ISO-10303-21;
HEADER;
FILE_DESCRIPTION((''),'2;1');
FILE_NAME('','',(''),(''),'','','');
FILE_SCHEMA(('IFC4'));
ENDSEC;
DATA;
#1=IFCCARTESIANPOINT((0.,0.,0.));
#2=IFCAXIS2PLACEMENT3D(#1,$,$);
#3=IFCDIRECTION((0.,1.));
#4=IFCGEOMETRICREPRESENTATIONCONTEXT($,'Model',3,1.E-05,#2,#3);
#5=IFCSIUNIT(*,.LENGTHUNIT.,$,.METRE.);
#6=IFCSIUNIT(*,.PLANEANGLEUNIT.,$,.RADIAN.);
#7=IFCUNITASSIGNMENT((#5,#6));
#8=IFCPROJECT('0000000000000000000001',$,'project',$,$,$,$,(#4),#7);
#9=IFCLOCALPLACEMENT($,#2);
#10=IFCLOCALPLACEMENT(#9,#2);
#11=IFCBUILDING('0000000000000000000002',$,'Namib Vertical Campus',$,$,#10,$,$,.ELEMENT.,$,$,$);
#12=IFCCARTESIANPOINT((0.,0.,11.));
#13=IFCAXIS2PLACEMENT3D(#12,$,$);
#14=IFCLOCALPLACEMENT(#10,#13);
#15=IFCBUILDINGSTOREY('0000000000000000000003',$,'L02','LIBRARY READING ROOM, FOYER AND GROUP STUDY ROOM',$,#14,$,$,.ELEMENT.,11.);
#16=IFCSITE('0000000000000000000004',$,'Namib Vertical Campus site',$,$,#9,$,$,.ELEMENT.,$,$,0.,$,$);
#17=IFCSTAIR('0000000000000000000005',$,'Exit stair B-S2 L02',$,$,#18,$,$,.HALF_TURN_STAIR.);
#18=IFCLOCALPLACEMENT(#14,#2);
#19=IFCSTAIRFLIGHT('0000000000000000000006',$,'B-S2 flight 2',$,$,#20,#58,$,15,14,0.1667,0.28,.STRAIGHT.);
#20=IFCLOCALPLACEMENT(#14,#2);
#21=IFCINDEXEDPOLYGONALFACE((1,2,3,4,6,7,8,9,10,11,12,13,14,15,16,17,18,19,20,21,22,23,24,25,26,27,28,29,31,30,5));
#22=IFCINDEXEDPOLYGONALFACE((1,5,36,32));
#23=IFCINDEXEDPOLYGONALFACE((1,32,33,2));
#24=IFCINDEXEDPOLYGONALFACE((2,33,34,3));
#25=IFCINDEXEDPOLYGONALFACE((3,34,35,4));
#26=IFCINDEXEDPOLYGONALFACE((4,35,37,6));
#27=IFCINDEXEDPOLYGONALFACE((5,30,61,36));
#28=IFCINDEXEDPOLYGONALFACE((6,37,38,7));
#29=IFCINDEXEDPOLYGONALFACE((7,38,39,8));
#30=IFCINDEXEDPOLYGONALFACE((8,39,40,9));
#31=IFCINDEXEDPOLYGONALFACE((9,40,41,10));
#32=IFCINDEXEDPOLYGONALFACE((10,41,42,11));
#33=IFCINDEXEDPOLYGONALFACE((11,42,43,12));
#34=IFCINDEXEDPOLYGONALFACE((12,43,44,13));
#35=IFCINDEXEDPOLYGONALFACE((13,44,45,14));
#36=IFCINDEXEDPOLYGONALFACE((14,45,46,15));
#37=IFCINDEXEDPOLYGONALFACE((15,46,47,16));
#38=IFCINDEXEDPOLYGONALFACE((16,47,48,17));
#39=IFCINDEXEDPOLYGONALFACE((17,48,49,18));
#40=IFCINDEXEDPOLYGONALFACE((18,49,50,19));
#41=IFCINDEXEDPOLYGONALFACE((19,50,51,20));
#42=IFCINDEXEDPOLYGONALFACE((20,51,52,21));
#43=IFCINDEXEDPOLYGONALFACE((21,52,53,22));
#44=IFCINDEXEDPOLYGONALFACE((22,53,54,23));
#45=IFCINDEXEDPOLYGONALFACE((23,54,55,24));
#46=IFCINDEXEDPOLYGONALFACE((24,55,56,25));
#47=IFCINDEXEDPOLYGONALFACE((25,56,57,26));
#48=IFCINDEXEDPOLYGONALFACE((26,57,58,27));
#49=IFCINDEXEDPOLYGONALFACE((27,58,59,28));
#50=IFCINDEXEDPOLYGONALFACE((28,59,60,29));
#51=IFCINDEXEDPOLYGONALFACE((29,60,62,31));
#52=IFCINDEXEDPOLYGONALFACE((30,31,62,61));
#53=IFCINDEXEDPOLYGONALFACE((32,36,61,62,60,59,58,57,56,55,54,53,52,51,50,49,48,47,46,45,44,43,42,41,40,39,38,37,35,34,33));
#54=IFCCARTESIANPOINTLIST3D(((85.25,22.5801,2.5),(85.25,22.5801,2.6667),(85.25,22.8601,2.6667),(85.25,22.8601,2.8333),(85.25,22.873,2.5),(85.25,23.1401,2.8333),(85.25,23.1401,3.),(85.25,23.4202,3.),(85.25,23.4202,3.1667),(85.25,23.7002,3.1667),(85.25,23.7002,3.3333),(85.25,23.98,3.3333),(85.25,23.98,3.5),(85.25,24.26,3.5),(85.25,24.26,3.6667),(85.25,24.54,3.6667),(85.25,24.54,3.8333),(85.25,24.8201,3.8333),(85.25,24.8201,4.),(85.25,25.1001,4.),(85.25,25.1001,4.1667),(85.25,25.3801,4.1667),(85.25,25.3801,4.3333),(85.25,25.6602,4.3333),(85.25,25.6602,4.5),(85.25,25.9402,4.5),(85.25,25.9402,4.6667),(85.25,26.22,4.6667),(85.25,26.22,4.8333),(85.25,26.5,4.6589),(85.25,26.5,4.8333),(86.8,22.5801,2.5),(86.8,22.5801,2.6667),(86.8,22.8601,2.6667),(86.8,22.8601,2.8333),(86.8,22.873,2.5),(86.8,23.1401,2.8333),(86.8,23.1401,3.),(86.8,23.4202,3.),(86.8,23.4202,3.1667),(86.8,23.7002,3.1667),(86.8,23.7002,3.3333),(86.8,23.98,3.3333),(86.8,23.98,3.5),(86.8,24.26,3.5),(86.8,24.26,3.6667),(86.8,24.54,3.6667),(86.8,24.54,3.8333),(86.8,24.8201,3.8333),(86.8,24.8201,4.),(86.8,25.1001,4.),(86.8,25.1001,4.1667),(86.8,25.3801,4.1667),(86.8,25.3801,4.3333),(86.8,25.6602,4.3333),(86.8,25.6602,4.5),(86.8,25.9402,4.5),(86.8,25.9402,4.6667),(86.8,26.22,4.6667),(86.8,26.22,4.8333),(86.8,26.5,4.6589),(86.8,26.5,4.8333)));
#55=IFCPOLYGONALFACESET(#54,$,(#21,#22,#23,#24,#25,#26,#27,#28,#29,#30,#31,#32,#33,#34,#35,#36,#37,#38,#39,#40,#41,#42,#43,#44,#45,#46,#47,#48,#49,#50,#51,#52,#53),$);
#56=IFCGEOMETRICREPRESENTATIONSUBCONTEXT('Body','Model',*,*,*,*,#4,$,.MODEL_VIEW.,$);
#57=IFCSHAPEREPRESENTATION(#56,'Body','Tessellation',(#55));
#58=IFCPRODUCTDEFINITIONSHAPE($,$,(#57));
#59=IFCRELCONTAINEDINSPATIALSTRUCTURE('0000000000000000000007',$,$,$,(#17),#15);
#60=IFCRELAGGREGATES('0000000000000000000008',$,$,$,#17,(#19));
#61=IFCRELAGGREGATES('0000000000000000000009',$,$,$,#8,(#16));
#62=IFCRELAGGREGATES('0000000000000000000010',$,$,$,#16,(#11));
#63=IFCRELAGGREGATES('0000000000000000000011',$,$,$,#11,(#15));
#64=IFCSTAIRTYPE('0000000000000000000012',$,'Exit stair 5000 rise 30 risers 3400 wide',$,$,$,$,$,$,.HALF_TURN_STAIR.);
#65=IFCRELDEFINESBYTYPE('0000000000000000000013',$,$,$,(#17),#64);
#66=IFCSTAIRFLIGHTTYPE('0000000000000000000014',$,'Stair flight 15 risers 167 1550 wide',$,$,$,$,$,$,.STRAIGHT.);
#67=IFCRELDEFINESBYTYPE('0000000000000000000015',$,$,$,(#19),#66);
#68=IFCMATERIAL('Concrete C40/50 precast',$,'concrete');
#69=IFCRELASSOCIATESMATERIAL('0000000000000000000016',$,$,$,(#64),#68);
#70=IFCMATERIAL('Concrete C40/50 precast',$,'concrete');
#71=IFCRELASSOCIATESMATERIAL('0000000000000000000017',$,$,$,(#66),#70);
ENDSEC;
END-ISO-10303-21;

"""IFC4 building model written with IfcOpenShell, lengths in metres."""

from ifc_helpers import new_model, si_unit, direction, frame, origin, place, context, subcontext, project, spatial, polyline, outline, extrude, material, type_object, element, aggregate, save


model = new_model("IFC4")

# Units and contexts
model_context = context("Model", 3, precision=1e-05, world=origin(), true_north=direction((0.0, 1.0)))
body_context = subcontext(model_context, "Body", "Model", "MODEL_VIEW")
ifc_project = project(units=[si_unit("LENGTHUNIT", "METRE"), si_unit("PLANEANGLEUNIT", "RADIAN")], contexts=[model_context])

# Site, building, storey
site_placement = place(None, origin())
site = spatial("IfcSite", under=ifc_project, at=site_placement, Name="Namib Vertical Campus site", CompositionType="ELEMENT", RefElevation=0.0)
building_placement = place(site_placement, origin())
building = spatial("IfcBuilding", under=site, at=building_placement, Name="Namib Vertical Campus", CompositionType="ELEMENT")
storey_placement = place(building_placement, frame((0.0, 0.0, 11.0)))
storey = spatial("IfcBuildingStorey", under=building, at=storey_placement, Name="L02", Description="LIBRARY READING ROOM, FOYER AND GROUP STUDY ROOM", CompositionType="ELEMENT", Elevation=11.0)

# Stair, stair flight
ifc_material_1 = material(Name="Concrete C40/50 precast", Category="concrete")
stair_type = type_object("IfcStairType", Name="Exit stair 5000 rise 30 risers 3400 wide", PredefinedType="HALF_TURN_STAIR", material=ifc_material_1)
stair_placement = place(storey_placement, origin())
stair = element("IfcStair", 1, at=stair_placement, inside=storey, type_object=stair_type, Name="Exit stair B-S2 L02", PredefinedType="HALF_TURN_STAIR")
ifc_material_2 = material(Name="Concrete C40/50 precast", Category="concrete")
stair_flight_type = type_object("IfcStairFlightType", Name="Stair flight 15 risers 167 1550 wide", PredefinedType="STRAIGHT", material=ifc_material_2)
stair_flight_placement = place(storey_placement, frame((86.0249, 22.5801, 2.5), z_axis=(0.0, 0.0, 1.0), x_axis=(0.0, 1.0, 0.0)))
stair_flight = element("IfcStairFlight", 2, at=stair_flight_placement, type_object=stair_flight_type, Name="B-S2 flight 2", NumberOfRisers=15, NumberOfTreads=14, PredefinedType="STRAIGHT", RiserHeight=0.1667, TreadLength=0.28, context=body_context, shape_type="SweptSolid", body=[
    extrude(outline(polyline([(0.0, 0.0), (0.0, 0.1667), (0.28, 0.1667), (0.28, 0.3333), (0.5601, 0.3333), (0.5601, 0.5), (0.8401, 0.5), (0.8401, 0.6667), (1.1201, 0.6667), (1.1201, 0.8333), (1.3999, 0.8333), (1.3999, 1.0), (1.6799, 1.0), (1.6799, 1.1667), (1.96, 1.1667), (1.96, 1.3333), (2.24, 1.3333), (2.24, 1.5), (2.52, 1.5), (2.52, 1.6667), (2.8, 1.6667), (2.8, 1.8333), (3.0801, 1.8333), (3.0801, 2.0), (3.3601, 2.0), (3.3601, 2.1667), (3.6399, 2.1667), (3.6399, 2.3333), (3.9199, 2.3333), (3.9199, 2.5), (3.9199, 2.1589), (0.293, 0.0), (0.0, 0.0)])), frame((0.0, 0.7749, 0.0), z_axis=(0.0, -1.0, 0.0), x_axis=(1.0, 0.0, 0.0)), (0.0, 0.0, 1.0), 1.55),
])
aggregate(stair, [stair_flight])

save(model, "model.ifc")
